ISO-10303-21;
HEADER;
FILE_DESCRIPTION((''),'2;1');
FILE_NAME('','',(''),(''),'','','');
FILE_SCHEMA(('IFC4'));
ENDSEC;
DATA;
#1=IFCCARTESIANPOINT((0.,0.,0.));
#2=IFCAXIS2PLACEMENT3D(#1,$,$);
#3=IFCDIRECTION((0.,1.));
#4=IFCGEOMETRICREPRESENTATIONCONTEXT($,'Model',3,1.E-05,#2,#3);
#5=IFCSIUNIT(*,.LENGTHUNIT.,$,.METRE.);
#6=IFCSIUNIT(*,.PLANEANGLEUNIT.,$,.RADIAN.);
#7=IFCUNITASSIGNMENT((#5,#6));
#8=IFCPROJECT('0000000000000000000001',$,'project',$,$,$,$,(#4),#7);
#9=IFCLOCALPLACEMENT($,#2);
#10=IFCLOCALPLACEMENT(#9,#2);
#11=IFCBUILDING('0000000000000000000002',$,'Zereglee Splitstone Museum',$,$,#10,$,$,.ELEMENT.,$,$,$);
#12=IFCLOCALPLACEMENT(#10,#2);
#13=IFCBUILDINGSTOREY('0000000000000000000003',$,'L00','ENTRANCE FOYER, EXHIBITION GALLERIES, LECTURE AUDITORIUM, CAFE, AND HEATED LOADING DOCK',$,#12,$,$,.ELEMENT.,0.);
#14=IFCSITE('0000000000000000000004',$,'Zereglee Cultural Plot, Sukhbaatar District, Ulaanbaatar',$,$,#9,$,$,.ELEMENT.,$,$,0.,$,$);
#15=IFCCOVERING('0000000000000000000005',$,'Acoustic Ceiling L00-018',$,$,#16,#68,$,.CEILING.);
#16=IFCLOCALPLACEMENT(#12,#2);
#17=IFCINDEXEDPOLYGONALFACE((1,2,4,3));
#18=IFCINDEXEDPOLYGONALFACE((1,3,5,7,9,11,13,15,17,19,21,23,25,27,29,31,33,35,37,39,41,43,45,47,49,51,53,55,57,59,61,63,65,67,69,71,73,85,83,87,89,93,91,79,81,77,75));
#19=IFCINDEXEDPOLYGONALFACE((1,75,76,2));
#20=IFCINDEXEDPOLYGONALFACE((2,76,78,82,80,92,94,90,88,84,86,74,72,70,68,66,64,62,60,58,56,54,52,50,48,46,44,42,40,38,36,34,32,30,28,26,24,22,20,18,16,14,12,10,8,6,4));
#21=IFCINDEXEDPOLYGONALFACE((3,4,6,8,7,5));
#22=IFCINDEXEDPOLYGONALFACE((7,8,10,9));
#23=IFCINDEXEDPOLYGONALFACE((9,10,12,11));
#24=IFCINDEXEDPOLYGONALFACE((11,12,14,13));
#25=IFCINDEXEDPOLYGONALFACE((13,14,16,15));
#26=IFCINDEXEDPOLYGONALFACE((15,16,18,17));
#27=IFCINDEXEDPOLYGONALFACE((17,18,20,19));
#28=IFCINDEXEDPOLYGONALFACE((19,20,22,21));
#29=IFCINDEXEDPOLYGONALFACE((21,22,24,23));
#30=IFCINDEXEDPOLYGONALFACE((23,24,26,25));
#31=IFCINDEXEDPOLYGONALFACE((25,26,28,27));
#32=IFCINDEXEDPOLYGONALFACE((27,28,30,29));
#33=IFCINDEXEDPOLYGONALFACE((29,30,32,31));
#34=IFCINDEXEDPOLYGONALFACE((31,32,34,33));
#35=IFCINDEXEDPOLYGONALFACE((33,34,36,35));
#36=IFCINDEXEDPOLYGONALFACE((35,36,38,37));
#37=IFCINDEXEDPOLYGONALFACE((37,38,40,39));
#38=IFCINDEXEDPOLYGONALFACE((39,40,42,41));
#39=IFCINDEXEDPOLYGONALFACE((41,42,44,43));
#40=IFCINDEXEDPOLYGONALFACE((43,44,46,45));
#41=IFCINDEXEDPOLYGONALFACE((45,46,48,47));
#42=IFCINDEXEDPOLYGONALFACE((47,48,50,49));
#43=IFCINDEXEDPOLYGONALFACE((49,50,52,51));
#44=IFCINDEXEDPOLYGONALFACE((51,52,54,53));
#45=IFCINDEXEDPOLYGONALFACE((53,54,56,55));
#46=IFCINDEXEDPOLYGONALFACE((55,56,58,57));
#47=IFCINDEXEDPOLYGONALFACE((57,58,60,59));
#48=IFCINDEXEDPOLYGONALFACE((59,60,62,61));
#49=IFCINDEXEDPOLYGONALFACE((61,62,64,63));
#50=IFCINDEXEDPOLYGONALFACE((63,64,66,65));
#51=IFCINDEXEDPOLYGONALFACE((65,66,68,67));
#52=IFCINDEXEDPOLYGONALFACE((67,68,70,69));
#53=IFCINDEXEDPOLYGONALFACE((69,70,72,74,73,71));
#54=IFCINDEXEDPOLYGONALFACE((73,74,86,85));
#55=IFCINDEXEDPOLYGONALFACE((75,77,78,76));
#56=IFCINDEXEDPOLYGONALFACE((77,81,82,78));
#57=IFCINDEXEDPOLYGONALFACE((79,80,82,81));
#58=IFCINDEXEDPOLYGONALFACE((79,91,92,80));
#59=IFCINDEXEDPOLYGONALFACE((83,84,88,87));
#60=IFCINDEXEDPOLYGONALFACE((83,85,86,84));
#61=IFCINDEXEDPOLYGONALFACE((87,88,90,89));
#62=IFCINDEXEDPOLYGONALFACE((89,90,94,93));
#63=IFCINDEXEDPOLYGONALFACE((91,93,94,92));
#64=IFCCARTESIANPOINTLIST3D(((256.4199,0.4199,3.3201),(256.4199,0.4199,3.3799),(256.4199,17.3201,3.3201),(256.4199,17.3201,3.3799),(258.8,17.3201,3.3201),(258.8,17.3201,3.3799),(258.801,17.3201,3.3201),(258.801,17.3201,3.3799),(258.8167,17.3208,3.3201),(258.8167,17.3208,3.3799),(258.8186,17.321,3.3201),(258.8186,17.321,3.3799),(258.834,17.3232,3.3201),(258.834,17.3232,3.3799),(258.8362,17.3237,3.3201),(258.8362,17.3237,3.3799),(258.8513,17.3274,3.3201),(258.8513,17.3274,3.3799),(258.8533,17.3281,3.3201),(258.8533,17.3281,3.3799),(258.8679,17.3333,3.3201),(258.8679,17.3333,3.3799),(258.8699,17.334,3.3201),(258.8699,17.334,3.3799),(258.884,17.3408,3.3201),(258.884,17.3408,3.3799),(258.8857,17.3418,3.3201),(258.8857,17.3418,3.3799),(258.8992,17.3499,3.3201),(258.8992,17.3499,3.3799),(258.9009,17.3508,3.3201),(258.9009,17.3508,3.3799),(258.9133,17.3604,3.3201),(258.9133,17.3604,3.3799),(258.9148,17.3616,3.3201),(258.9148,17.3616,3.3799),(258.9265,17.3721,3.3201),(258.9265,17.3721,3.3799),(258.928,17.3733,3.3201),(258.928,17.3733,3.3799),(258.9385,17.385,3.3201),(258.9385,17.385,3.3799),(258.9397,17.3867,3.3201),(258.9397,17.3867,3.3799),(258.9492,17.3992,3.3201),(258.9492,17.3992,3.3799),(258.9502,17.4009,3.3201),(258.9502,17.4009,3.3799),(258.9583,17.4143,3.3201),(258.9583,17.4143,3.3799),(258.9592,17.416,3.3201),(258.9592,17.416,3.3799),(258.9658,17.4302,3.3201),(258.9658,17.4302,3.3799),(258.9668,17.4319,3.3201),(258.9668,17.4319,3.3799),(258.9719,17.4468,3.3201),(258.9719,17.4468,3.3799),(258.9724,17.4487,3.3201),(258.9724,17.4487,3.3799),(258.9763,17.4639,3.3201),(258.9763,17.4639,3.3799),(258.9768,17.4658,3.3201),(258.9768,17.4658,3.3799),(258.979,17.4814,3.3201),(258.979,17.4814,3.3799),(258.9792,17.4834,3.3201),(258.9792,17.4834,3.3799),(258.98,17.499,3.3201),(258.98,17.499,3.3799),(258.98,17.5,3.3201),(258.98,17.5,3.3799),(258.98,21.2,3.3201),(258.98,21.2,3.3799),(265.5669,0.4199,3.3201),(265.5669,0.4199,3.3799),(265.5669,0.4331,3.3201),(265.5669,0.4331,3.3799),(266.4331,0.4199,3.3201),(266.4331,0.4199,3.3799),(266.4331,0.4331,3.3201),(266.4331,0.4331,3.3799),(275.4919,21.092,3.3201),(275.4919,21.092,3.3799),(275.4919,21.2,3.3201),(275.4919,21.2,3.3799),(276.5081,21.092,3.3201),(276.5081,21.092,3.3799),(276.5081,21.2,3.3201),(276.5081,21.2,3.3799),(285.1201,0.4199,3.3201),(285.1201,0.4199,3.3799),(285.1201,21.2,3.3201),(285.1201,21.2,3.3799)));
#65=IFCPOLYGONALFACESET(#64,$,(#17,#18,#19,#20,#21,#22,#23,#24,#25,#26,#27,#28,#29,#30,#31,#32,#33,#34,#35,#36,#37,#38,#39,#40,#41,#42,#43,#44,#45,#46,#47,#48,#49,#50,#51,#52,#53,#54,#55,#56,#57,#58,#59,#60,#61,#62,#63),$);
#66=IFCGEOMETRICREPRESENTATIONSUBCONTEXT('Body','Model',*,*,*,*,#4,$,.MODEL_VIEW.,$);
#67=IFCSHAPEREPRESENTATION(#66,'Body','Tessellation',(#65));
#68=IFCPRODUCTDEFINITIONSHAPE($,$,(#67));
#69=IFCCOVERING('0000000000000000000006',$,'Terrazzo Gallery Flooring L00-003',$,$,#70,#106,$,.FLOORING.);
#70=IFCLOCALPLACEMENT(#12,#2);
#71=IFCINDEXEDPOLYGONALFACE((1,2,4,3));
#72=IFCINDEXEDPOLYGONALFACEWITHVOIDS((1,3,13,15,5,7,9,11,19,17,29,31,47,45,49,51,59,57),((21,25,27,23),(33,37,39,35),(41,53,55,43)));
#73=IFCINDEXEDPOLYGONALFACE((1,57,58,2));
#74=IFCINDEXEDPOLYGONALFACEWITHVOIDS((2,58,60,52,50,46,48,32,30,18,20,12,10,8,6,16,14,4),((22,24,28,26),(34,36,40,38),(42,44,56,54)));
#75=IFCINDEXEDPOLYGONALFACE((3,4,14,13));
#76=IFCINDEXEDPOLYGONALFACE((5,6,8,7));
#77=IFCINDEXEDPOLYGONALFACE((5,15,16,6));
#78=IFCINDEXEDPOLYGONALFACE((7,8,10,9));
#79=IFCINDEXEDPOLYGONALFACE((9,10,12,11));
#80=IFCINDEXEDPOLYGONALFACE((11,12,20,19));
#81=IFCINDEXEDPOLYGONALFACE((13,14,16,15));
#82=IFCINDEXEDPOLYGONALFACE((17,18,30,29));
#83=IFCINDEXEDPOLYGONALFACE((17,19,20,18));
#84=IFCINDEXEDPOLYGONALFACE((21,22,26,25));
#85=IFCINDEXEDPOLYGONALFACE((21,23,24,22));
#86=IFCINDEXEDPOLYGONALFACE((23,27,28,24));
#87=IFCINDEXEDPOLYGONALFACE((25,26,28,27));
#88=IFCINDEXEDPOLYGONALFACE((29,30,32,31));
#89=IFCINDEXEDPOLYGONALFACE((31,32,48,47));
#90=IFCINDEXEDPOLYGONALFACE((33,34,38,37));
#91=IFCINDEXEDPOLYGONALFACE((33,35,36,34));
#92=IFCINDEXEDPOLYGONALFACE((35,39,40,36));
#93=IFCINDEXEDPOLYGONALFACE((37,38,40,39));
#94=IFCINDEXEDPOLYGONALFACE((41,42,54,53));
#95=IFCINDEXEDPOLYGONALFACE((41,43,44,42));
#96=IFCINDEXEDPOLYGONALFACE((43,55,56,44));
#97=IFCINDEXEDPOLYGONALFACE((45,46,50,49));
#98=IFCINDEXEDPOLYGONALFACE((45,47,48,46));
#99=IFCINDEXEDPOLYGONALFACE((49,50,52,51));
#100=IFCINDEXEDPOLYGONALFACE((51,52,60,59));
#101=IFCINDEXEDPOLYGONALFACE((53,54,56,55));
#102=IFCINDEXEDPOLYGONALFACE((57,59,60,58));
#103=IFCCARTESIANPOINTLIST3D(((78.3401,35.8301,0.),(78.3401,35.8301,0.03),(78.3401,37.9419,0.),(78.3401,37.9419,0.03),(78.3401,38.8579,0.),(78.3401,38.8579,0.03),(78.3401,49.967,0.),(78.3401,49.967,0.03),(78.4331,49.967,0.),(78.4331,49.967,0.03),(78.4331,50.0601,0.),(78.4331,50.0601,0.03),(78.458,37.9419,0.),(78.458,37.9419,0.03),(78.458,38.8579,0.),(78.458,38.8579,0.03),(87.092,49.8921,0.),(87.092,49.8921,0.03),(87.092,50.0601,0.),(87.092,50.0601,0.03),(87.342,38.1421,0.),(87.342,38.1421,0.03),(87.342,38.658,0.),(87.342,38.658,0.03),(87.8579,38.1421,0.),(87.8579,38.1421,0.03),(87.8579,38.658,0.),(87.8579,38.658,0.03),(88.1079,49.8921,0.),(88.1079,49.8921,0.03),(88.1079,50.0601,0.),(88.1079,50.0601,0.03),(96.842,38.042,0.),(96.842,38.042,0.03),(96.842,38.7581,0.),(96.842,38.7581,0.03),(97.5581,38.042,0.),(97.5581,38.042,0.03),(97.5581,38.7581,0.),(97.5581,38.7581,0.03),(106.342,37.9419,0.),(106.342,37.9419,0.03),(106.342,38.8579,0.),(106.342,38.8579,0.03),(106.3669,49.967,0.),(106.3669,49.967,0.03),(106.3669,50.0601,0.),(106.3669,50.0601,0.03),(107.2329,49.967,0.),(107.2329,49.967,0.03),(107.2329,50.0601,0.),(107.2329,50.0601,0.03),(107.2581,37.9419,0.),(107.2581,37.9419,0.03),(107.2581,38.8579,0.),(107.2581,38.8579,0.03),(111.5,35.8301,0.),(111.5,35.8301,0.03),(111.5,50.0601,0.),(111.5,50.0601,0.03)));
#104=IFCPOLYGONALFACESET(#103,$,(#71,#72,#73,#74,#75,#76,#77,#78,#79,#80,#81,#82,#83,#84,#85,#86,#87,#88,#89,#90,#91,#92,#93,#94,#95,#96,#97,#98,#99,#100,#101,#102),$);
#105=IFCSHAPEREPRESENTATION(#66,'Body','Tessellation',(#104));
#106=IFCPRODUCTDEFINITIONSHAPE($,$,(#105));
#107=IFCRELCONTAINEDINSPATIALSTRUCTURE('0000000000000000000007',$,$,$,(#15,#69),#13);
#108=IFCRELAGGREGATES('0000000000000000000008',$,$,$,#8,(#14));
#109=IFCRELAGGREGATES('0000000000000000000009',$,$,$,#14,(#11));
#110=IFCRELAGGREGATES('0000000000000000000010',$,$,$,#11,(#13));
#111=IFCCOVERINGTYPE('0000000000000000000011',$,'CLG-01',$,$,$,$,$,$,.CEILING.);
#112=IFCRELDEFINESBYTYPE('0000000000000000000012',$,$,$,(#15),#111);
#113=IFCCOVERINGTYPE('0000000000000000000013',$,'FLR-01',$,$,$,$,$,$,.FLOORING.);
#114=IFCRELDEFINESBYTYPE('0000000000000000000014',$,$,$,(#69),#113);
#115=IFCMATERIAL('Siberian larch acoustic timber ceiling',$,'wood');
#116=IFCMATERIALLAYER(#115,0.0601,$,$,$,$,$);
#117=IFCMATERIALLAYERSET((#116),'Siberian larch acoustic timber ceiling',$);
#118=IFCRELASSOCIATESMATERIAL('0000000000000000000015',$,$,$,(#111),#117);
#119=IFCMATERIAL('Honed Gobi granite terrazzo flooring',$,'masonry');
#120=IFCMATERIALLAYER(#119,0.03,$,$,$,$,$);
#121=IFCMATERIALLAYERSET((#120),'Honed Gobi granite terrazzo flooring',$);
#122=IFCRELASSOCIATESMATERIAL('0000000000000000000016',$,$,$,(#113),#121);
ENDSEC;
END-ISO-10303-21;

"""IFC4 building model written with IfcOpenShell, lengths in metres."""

from ifc_helpers import new_model, si_unit, direction, frame, origin, place, context, subcontext, project, spatial, polyline, outline, extrude, material, layer, layer_set, type_object, element, save


model = new_model("IFC4")

# Units and contexts
model_context = context("Model", 3, precision=1e-05, world=origin(), true_north=direction((0.0, 1.0)))
body_context = subcontext(model_context, "Body", "Model", "MODEL_VIEW")
ifc_project = project(units=[si_unit("LENGTHUNIT", "METRE"), si_unit("PLANEANGLEUNIT", "RADIAN")], contexts=[model_context])

# Site, building, storey
site_placement = place(None, origin())
site = spatial("IfcSite", under=ifc_project, at=site_placement, Name="Zereglee Cultural Plot, Sukhbaatar District, Ulaanbaatar", CompositionType="ELEMENT", RefElevation=0.0)
building_placement = place(site_placement, origin())
building = spatial("IfcBuilding", under=site, at=building_placement, Name="Zereglee Splitstone Museum", CompositionType="ELEMENT")
storey_placement = place(building_placement, origin())
storey = spatial("IfcBuildingStorey", under=building, at=storey_placement, Name="L00", Description="ENTRANCE FOYER, EXHIBITION GALLERIES, LECTURE AUDITORIUM, CAFE, AND HEATED LOADING DOCK", CompositionType="ELEMENT", Elevation=0.0)

# Coverings
ifc_material_1 = material(Name="Siberian larch acoustic timber ceiling", Category="wood")
ifc_layer_1 = layer(ifc_material_1, 0.0601)
ifc_layer_set_1 = layer_set([ifc_layer_1], Name="Siberian larch acoustic timber ceiling")
covering_type_1 = type_object("IfcCoveringType", Name="CLG-01", PredefinedType="CEILING", material=ifc_layer_set_1)
covering_1_placement = place(storey_placement, frame((0.0, 0.0, 3.3201)))
element("IfcCovering", 1, at=covering_1_placement, inside=storey, type_object=covering_type_1, Name="Acoustic Ceiling L00-018", PredefinedType="CEILING", context=body_context, shape_type="SweptSolid", body=[
    extrude(outline(polyline([(256.4199, 17.3201), (258.8, 17.3201), (258.801, 17.3201), (258.8167, 17.3208), (258.8186, 17.321), (258.834, 17.3232), (258.8362, 17.3237), (258.8513, 17.3274), (258.8533, 17.3281), (258.8679, 17.3333), (258.8699, 17.334), (258.884, 17.3408), (258.8857, 17.3418), (258.8992, 17.3499), (258.9009, 17.3508), (258.9133, 17.3604), (258.9148, 17.3616), (258.9265, 17.3721), (258.928, 17.3733), (258.9385, 17.385), (258.9397, 17.3867), (258.9492, 17.3992), (258.9502, 17.4009), (258.9583, 17.4143), (258.9592, 17.416), (258.9658, 17.4302), (258.9668, 17.4319), (258.9719, 17.4468), (258.9724, 17.4487), (258.9763, 17.4639), (258.9768, 17.4658), (258.979, 17.4814), (258.9792, 17.4834), (258.98, 17.499), (258.98, 17.5), (258.98, 21.2), (275.4919, 21.2), (275.4919, 21.092), (276.5081, 21.092), (276.5081, 21.2), (285.1201, 21.2), (285.1201, 0.4199), (266.4331, 0.4199), (266.4331, 0.4331), (265.5669, 0.4331), (265.5669, 0.4199), (256.4199, 0.4199), (256.4199, 17.3201)])), origin(), (0.0, 0.0, 1.0), 0.0598),
])
ifc_material_2 = material(Name="Honed Gobi granite terrazzo flooring", Category="masonry")
ifc_layer_2 = layer(ifc_material_2, 0.03)
ifc_layer_set_2 = layer_set([ifc_layer_2], Name="Honed Gobi granite terrazzo flooring")
covering_type_2 = type_object("IfcCoveringType", Name="FLR-01", PredefinedType="FLOORING", material=ifc_layer_set_2)
covering_2_placement = place(storey_placement, origin())
element("IfcCovering", 2, at=covering_2_placement, inside=storey, type_object=covering_type_2, Name="Terrazzo Gallery Flooring L00-003", PredefinedType="FLOORING", context=body_context, shape_type="SweptSolid", body=[
    extrude(outline(polyline([(78.3401, 37.9419), (78.458, 37.9419), (78.458, 38.8579), (78.3401, 38.8579), (78.3401, 49.967), (78.4331, 49.967), (78.4331, 50.0601), (87.092, 50.0601), (87.092, 49.8921), (88.1079, 49.8921), (88.1079, 50.0601), (106.3669, 50.0601), (106.3669, 49.967), (107.2329, 49.967), (107.2329, 50.0601), (111.5, 50.0601), (111.5, 35.8301), (78.3401, 35.8301), (78.3401, 37.9419)]), holes=[polyline([(87.342, 38.658), (87.342, 38.1421), (87.8579, 38.1421), (87.8579, 38.658), (87.342, 38.658)]), polyline([(106.342, 38.8579), (106.342, 37.9419), (107.2581, 37.9419), (107.2581, 38.8579), (106.342, 38.8579)]), polyline([(96.842, 38.7581), (96.842, 38.042), (97.5581, 38.042), (97.5581, 38.7581), (96.842, 38.7581)])]), origin(), (0.0, 0.0, 1.0), 0.03),
])

save(model, "model.ifc")
